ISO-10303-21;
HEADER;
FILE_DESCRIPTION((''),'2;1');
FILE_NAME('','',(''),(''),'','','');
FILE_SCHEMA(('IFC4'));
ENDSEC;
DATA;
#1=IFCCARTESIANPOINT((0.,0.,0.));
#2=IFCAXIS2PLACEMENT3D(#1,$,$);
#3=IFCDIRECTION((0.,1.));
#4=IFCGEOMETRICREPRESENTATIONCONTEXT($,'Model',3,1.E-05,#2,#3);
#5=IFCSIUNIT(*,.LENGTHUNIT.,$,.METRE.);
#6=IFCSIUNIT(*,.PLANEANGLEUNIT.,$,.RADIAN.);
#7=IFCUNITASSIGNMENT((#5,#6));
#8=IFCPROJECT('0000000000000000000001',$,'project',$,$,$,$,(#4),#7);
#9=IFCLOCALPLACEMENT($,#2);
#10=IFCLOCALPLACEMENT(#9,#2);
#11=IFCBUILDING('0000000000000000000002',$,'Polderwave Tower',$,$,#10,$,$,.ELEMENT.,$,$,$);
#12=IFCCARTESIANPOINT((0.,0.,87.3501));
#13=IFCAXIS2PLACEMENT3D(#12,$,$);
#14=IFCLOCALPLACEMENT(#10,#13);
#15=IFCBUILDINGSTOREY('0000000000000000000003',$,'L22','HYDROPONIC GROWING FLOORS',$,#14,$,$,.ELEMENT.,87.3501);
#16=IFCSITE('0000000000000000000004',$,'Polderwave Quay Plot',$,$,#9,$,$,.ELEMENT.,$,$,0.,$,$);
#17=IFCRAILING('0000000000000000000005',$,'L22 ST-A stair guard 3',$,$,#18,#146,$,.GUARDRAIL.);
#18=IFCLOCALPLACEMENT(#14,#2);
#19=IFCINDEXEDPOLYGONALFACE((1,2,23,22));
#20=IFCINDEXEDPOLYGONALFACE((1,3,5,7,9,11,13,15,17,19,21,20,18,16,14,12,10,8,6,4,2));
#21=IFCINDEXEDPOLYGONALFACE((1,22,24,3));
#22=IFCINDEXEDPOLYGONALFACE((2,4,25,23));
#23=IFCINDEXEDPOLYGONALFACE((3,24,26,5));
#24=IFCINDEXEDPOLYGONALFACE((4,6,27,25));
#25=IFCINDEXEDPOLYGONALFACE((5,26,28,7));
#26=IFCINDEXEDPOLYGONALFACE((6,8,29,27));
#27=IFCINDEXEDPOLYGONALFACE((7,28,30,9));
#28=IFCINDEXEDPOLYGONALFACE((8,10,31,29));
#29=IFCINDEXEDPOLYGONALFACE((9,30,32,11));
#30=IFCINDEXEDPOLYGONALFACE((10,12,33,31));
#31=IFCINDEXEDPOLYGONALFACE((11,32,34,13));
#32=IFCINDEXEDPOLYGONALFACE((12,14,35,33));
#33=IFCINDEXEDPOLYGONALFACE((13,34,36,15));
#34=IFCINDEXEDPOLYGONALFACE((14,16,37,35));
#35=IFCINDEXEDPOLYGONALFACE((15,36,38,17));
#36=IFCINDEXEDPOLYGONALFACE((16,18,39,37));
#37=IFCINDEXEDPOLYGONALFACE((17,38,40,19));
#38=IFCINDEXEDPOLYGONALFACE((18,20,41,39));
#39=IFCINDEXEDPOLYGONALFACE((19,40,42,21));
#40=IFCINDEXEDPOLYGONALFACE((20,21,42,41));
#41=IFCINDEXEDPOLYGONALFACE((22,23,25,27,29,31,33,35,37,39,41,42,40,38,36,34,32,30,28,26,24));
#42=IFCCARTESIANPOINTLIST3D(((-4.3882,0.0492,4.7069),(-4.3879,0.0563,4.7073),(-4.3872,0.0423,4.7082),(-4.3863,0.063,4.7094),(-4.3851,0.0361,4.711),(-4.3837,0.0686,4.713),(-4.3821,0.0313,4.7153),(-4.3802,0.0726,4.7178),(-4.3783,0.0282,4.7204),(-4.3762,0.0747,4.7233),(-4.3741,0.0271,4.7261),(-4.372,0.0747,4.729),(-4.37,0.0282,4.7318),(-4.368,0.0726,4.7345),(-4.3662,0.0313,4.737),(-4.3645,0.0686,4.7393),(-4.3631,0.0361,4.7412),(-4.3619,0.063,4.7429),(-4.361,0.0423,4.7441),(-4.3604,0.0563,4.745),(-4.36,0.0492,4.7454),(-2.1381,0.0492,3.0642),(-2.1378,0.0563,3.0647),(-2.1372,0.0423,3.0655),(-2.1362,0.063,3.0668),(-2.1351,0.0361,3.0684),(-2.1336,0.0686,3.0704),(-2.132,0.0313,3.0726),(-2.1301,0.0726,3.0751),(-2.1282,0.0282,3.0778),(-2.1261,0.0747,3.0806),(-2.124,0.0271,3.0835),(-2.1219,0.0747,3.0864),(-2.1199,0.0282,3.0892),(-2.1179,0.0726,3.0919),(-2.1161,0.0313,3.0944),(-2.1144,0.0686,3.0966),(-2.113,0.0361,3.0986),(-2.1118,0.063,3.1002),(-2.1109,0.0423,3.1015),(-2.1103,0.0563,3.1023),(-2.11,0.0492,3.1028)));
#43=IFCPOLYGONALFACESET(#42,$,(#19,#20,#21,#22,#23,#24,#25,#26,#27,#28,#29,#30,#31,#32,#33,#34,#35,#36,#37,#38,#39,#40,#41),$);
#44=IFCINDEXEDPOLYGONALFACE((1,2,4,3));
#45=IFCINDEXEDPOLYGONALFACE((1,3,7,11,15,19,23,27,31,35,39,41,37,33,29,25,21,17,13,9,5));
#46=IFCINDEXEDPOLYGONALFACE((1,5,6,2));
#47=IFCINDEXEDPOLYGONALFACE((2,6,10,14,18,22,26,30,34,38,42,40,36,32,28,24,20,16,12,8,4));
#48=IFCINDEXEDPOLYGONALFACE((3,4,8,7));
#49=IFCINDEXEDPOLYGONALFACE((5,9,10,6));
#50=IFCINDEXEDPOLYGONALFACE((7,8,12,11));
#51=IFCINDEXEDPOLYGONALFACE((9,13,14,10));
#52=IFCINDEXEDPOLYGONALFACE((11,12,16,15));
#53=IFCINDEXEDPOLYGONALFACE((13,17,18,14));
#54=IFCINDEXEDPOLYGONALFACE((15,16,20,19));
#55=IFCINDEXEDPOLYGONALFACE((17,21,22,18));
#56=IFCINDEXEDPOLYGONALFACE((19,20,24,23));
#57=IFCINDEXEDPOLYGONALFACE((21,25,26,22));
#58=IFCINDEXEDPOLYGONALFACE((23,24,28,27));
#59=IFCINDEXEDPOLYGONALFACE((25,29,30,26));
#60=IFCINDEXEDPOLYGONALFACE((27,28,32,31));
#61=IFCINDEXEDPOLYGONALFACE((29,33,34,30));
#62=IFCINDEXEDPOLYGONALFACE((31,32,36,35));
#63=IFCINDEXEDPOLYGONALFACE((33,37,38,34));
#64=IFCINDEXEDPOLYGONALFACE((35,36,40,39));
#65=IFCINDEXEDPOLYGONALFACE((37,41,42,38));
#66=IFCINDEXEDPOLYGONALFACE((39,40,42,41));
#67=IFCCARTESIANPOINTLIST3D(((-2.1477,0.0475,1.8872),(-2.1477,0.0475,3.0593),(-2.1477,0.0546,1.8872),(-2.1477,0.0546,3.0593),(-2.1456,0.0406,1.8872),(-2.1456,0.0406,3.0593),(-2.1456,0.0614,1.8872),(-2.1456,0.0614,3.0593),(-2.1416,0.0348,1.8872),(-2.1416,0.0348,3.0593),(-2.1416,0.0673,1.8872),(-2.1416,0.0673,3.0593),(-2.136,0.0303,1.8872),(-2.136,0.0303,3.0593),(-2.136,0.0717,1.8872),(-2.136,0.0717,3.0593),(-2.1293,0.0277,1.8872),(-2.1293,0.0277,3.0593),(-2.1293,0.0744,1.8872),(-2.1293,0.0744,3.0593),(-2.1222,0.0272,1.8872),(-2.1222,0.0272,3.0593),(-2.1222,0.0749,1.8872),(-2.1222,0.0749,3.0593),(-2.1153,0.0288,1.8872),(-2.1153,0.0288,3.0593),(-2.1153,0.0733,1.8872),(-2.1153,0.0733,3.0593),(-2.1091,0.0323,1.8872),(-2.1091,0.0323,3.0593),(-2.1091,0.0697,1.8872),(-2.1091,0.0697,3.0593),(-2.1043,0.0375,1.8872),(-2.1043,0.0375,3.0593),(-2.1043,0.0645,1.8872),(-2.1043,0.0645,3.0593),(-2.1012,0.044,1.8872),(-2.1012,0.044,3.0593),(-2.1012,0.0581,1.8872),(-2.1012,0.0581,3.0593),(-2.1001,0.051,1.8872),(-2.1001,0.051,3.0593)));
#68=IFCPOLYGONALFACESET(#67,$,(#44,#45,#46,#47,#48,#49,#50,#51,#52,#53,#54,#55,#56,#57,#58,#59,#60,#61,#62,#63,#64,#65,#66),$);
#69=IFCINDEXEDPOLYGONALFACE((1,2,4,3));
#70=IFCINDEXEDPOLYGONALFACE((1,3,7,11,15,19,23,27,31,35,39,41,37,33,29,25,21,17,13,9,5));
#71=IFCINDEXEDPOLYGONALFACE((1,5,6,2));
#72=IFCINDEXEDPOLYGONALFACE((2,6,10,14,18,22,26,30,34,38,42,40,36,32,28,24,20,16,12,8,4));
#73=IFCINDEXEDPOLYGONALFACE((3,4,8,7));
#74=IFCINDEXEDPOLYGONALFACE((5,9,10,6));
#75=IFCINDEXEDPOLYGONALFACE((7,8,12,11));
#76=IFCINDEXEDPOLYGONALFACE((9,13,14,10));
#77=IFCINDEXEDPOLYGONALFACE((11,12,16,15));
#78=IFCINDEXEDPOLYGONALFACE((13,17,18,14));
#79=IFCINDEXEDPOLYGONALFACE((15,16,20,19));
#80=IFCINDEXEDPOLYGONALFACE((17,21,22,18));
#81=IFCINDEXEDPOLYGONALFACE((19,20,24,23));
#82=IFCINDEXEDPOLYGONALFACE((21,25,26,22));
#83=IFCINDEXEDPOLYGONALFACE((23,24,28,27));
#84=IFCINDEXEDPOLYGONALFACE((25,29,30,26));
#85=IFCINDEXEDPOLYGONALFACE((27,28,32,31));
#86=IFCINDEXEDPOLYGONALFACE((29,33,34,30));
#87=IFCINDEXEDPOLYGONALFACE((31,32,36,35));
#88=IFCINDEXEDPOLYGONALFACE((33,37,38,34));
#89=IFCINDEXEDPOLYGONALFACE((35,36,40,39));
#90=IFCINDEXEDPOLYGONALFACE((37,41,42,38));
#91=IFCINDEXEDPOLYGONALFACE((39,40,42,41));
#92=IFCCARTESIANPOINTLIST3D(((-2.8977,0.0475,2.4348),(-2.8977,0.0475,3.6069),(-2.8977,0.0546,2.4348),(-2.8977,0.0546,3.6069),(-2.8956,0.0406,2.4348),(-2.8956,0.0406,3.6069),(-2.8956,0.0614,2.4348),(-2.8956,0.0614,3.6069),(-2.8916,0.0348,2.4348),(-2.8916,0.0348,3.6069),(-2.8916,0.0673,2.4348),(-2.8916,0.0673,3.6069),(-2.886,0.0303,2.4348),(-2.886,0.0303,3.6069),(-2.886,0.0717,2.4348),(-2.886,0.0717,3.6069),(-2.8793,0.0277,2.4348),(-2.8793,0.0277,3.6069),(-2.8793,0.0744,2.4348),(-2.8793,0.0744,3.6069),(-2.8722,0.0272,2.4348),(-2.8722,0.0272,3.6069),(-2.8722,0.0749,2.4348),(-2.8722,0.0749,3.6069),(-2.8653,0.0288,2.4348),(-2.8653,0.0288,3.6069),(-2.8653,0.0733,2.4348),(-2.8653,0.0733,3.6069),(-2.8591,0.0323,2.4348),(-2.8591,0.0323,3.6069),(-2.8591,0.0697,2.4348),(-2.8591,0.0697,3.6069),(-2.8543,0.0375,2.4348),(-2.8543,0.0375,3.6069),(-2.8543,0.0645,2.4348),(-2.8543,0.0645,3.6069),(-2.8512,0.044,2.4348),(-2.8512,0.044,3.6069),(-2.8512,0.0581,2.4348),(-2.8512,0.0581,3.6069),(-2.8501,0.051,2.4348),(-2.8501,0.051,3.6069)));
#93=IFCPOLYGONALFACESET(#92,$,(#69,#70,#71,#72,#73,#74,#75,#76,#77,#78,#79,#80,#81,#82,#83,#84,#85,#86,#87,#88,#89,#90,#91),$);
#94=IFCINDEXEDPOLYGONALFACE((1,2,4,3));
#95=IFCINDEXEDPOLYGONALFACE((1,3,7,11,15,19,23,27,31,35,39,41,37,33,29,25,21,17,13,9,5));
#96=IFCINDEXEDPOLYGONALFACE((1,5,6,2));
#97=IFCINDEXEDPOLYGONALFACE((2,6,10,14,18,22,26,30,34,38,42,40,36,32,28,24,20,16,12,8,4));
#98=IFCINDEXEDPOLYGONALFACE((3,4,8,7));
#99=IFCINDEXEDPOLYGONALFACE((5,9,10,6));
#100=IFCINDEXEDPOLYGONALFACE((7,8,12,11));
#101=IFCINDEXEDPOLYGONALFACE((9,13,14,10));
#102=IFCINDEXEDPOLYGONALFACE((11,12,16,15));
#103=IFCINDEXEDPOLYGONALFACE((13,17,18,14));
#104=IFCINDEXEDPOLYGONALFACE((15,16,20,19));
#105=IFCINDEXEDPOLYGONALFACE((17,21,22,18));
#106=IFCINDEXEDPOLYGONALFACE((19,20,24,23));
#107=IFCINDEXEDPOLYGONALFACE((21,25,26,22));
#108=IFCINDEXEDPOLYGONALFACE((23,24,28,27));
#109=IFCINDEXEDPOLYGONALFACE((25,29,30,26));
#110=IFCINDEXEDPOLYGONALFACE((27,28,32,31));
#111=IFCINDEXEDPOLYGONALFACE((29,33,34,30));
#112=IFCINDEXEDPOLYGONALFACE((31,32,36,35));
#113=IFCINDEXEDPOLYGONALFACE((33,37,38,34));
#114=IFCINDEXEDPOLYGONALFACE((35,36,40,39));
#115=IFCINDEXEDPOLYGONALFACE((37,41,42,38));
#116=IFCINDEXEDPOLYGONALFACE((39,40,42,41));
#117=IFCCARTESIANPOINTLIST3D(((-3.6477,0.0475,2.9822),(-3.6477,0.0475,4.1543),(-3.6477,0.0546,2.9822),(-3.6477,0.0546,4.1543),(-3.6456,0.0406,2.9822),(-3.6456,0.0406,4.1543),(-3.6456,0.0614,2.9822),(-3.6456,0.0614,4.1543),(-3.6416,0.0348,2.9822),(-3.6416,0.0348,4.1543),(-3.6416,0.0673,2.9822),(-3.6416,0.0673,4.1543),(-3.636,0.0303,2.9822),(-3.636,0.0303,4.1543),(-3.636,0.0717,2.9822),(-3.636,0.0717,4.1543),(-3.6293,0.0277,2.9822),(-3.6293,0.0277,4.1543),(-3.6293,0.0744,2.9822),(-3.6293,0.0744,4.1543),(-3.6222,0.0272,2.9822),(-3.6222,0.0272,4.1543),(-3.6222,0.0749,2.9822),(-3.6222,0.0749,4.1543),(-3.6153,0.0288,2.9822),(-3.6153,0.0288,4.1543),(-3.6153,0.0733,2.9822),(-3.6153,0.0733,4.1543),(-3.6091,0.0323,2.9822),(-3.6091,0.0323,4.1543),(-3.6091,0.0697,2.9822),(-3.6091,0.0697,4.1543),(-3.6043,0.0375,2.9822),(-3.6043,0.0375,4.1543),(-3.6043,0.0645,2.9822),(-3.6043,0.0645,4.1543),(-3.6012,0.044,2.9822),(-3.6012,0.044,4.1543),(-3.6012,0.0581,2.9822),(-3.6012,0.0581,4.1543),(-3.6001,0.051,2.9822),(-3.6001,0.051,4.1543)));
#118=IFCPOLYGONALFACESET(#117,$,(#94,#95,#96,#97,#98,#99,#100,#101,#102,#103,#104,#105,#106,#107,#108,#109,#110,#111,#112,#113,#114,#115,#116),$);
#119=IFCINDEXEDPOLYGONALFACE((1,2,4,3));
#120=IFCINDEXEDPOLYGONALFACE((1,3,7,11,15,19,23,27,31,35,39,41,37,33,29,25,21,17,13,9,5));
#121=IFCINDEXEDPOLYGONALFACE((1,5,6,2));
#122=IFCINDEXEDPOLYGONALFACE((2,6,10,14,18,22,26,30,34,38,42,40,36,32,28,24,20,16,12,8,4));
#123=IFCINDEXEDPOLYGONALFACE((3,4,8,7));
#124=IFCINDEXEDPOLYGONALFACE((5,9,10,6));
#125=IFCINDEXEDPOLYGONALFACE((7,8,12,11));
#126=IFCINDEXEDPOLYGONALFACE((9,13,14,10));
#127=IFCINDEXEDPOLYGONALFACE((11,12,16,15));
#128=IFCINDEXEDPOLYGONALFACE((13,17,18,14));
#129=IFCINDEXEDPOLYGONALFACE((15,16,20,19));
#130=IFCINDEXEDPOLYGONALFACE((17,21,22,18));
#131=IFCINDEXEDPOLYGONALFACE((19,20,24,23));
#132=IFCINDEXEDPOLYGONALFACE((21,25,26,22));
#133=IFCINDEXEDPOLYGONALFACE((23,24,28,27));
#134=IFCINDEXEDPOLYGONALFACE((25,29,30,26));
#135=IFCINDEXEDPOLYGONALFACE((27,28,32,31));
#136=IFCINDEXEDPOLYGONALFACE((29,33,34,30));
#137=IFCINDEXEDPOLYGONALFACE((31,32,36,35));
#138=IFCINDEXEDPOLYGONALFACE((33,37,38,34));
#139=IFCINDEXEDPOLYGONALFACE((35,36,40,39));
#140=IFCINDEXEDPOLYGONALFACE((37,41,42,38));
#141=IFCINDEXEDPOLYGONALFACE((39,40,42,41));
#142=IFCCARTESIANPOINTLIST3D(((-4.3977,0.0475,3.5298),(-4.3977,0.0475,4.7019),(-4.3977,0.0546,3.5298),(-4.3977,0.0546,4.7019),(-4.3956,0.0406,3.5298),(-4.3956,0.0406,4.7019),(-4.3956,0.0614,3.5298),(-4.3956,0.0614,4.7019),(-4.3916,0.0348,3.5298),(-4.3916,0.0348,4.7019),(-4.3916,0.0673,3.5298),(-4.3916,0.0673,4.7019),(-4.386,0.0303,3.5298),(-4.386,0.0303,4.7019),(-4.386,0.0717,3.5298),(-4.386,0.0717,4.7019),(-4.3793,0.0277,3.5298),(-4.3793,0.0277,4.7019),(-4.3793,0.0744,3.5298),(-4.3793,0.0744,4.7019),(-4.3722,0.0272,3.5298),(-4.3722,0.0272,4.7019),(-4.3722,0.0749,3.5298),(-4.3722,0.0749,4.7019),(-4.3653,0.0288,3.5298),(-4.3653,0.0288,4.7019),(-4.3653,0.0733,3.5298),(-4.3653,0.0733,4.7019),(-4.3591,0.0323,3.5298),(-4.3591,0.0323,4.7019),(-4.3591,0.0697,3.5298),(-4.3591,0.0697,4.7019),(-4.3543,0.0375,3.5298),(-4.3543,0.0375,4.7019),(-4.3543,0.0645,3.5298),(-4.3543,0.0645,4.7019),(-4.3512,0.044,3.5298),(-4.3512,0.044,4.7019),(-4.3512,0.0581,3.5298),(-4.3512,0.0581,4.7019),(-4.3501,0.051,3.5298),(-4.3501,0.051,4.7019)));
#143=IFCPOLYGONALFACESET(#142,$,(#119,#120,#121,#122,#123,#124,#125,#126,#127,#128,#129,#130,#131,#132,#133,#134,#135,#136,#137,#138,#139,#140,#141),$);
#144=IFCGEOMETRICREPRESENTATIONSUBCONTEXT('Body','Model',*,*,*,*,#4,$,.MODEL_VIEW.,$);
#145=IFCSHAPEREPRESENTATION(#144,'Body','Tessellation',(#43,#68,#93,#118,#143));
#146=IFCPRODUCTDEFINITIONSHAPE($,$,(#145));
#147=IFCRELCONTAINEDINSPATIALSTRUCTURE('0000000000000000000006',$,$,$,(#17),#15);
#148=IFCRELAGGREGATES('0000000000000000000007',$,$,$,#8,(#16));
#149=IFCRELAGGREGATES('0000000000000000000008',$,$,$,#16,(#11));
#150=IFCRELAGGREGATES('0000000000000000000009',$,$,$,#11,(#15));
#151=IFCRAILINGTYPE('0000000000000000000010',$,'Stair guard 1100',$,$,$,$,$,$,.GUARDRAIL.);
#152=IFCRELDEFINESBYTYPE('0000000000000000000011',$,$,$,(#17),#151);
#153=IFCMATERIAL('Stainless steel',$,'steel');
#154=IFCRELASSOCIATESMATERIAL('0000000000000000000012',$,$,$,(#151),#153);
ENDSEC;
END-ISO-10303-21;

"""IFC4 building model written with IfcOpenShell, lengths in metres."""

from ifc_helpers import new_model, si_unit, direction, frame, origin, origin_2d, place, context, subcontext, project, spatial, circle, extrude, material, type_object, element, save


model = new_model("IFC4")

# Units and contexts
model_context = context("Model", 3, precision=1e-05, world=origin(), true_north=direction((0.0, 1.0)))
body_context = subcontext(model_context, "Body", "Model", "MODEL_VIEW")
ifc_project = project(units=[si_unit("LENGTHUNIT", "METRE"), si_unit("PLANEANGLEUNIT", "RADIAN")], contexts=[model_context])

# Site, building, storey
site_placement = place(None, origin())
site = spatial("IfcSite", under=ifc_project, at=site_placement, Name="Polderwave Quay Plot", CompositionType="ELEMENT", RefElevation=0.0)
building_placement = place(site_placement, origin())
building = spatial("IfcBuilding", under=site, at=building_placement, Name="Polderwave Tower", CompositionType="ELEMENT")
storey_placement = place(building_placement, frame((0.0, 0.0, 87.3501)))
storey = spatial("IfcBuildingStorey", under=building, at=storey_placement, Name="L22", Description="HYDROPONIC GROWING FLOORS", CompositionType="ELEMENT", Elevation=87.3501)

# Railing
ifc_material_1 = material(Name="Stainless steel", Category="steel")
railing_type_1 = type_object("IfcRailingType", Name="Stair guard 1100", PredefinedType="GUARDRAIL", material=ifc_material_1)
railing_1_placement = place(storey_placement, frame((-2.124, 0.051, 1.8872)))
element("IfcRailing", 1, at=railing_1_placement, inside=storey, type_object=railing_type_1, Name="L22 ST-A stair guard 3", PredefinedType="GUARDRAIL", context=body_context, shape_type="SweptSolid", body=[
    extrude(circle(Radius=0.0239, at=origin_2d()), frame((0.0, 0.0, 1.1963), z_axis=(-0.807674, 0.0, 0.58963), x_axis=(0.0, -1.0, 0.0)), (0.0, 0.0, 1.0), 2.7859),
    extrude(circle(Radius=0.0239, at=origin_2d()), origin(), (0.0, 0.0, 1.0), 1.1721),
    extrude(circle(Radius=0.0239, at=origin_2d()), frame((-0.75, 0.0, 0.5476)), (0.0, 0.0, 1.0), 1.1721),
    extrude(circle(Radius=0.0239, at=origin_2d()), frame((-1.5, 0.0, 1.095)), (0.0, 0.0, 1.0), 1.1721),
    extrude(circle(Radius=0.0239, at=origin_2d()), frame((-2.25, 0.0, 1.6426)), (0.0, 0.0, 1.0), 1.1721),
])

save(model, "model.ifc")
